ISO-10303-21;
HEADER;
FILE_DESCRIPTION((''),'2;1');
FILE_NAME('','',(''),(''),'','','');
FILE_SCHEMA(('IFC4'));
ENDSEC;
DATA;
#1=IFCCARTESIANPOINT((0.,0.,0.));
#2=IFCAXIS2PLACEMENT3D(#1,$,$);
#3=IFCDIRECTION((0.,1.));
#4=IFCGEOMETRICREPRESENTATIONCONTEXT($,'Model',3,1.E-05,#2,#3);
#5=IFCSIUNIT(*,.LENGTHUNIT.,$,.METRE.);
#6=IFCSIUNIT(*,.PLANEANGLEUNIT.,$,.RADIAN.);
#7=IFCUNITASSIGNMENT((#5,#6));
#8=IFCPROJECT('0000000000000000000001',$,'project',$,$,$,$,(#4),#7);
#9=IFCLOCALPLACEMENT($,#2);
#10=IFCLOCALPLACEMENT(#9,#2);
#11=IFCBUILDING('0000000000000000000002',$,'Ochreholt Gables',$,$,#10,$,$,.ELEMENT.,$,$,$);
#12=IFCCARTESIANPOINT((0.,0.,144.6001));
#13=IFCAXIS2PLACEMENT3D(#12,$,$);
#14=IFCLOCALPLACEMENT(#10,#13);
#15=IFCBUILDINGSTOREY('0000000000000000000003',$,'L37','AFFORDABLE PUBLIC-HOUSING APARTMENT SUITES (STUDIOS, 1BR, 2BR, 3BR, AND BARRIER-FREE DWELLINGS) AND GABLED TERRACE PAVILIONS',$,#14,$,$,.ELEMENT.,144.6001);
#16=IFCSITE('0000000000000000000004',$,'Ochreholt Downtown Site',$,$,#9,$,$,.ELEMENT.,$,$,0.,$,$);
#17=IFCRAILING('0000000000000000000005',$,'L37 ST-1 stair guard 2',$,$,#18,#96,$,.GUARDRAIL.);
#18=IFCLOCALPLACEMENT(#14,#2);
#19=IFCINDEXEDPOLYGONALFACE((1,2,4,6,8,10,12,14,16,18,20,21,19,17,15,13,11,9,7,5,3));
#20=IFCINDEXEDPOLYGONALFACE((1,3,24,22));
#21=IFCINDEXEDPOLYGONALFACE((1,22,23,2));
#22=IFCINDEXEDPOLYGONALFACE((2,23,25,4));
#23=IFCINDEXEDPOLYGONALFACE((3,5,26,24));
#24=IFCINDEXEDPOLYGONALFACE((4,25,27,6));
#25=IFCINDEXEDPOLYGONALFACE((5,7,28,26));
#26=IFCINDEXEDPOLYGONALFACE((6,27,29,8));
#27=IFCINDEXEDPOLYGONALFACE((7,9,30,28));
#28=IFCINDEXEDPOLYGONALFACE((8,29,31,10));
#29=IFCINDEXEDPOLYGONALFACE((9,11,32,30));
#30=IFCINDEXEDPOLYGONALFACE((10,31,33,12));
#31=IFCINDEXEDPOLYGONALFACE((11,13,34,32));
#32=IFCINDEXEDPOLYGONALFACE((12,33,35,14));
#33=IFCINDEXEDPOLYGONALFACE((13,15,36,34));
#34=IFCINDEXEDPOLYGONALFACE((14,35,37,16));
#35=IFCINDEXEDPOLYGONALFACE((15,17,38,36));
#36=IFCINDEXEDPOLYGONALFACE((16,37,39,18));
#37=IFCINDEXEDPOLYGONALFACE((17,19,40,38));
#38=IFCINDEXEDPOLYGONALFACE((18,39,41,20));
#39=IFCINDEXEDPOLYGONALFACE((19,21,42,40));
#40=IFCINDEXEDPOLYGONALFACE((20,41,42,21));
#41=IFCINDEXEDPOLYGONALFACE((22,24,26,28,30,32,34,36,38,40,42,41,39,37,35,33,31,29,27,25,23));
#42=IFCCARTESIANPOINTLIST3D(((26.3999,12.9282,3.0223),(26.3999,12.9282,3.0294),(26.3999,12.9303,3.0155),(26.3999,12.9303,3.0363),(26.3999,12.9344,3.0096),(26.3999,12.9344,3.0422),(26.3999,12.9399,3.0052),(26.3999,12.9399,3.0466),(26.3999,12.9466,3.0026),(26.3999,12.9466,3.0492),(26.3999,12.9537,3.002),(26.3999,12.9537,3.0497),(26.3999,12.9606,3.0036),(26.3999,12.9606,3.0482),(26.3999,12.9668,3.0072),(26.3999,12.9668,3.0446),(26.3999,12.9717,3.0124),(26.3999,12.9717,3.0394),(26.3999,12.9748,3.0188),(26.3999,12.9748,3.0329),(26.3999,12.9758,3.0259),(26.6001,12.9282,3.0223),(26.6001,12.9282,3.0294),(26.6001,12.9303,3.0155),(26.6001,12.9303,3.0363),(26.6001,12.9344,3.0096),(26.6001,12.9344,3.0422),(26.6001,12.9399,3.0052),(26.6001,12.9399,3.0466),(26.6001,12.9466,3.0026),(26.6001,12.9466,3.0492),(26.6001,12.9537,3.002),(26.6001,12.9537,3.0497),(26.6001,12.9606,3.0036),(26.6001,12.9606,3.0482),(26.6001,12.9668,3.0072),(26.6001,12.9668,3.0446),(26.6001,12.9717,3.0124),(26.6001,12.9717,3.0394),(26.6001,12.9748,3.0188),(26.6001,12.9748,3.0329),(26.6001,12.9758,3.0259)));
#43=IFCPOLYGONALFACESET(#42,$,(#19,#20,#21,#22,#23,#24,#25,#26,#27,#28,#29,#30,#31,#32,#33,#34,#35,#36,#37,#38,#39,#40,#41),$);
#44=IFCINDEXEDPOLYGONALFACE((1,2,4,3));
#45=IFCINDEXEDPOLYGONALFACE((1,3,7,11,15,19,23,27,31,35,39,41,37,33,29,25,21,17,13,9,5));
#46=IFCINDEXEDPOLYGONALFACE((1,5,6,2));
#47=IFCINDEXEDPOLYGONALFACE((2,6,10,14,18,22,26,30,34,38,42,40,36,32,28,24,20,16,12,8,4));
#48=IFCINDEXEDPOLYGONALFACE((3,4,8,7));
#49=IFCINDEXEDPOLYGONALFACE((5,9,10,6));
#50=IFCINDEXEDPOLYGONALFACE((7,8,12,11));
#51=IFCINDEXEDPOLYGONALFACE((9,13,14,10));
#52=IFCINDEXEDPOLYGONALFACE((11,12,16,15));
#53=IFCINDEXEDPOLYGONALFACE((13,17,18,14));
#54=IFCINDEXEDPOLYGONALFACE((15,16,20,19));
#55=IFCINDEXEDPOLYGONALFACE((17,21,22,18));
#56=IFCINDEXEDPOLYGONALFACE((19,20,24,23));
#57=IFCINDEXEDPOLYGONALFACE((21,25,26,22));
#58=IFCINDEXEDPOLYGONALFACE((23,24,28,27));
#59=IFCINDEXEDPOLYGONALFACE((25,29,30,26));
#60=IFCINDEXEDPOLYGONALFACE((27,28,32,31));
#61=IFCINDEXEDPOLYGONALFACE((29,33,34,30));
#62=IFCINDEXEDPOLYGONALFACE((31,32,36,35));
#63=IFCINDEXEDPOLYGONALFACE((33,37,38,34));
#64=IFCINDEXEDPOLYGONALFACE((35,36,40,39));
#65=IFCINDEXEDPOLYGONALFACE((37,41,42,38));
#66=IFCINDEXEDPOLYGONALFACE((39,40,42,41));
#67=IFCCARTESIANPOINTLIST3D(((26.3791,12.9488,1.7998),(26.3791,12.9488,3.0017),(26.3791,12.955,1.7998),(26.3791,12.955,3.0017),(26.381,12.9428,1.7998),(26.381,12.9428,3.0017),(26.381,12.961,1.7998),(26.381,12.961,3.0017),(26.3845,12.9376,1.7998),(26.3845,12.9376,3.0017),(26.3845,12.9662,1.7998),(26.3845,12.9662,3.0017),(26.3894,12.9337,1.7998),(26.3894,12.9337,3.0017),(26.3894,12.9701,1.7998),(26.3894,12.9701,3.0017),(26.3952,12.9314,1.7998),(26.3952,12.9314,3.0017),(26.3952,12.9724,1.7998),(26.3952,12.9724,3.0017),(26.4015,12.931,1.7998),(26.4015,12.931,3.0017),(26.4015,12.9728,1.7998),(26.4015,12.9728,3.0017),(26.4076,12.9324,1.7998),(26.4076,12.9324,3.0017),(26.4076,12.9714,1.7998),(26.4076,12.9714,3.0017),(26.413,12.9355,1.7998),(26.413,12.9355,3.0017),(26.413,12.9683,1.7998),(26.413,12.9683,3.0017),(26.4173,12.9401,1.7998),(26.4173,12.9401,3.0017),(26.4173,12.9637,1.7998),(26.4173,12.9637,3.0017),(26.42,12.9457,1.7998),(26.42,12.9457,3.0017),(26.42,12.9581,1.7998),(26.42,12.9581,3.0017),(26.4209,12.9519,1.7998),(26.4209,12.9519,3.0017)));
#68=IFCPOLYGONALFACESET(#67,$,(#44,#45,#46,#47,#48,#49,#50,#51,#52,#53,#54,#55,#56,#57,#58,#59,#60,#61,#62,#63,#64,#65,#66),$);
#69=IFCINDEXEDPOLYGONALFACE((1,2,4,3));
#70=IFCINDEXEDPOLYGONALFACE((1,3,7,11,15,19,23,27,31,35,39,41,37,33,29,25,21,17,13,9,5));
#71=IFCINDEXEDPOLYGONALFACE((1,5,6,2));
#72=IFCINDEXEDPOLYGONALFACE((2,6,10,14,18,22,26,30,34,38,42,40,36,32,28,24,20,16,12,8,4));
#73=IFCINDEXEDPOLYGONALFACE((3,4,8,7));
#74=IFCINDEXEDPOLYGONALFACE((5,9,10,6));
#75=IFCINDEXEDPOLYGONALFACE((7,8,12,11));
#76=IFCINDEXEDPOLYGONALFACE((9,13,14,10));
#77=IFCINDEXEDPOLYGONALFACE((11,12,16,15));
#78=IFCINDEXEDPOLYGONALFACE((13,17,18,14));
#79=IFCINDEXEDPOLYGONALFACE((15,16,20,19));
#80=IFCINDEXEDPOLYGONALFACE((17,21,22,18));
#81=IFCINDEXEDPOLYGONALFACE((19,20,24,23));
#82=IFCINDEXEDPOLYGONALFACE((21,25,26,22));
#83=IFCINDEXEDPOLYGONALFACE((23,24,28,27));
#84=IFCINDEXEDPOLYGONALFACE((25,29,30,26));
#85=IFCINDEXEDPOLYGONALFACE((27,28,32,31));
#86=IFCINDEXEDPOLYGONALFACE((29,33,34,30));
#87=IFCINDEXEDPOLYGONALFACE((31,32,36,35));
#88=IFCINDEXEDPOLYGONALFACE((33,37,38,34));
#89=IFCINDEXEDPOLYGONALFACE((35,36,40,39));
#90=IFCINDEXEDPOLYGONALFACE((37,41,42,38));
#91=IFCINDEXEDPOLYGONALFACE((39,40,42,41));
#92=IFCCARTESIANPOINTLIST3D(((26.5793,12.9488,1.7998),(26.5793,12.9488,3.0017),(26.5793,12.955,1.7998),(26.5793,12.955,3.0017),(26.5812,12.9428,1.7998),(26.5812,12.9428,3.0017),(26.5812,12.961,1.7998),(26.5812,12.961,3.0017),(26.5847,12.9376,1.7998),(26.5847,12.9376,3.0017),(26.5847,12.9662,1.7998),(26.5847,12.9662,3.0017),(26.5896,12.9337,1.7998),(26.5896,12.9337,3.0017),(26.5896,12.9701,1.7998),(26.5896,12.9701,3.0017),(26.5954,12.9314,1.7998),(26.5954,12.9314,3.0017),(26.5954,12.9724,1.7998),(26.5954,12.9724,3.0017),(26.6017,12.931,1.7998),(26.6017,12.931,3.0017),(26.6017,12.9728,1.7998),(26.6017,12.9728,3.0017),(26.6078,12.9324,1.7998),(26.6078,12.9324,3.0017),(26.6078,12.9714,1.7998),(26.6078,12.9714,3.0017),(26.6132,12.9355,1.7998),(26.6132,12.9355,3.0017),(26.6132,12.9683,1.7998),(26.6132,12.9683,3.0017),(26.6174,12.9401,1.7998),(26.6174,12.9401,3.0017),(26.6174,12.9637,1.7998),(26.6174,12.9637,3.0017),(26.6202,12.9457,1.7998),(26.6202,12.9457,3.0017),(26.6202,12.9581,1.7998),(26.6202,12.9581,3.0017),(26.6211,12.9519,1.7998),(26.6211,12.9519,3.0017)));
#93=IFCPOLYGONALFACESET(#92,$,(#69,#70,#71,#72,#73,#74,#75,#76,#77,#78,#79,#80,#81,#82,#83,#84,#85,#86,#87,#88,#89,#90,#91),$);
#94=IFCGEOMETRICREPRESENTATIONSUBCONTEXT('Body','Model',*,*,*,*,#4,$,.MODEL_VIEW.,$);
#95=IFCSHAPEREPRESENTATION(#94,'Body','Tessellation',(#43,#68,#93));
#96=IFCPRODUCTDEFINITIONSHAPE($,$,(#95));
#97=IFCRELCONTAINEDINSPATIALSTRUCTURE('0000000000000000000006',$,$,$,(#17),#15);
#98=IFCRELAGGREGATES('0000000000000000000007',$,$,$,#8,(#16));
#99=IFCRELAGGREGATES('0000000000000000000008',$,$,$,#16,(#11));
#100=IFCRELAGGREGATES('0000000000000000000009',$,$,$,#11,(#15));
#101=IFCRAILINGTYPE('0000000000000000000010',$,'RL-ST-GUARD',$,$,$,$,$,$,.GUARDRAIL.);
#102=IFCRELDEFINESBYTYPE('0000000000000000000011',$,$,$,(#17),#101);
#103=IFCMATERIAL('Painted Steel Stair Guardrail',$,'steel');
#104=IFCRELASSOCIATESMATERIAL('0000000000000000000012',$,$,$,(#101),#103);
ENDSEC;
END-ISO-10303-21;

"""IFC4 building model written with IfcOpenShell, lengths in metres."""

from ifc_helpers import new_model, si_unit, direction, frame, origin, origin_2d, place, context, subcontext, project, spatial, circle, extrude, material, type_object, element, save


model = new_model("IFC4")

# Units and contexts
model_context = context("Model", 3, precision=1e-05, world=origin(), true_north=direction((0.0, 1.0)))
body_context = subcontext(model_context, "Body", "Model", "MODEL_VIEW")
ifc_project = project(units=[si_unit("LENGTHUNIT", "METRE"), si_unit("PLANEANGLEUNIT", "RADIAN")], contexts=[model_context])

# Site, building, storey
site_placement = place(None, origin())
site = spatial("IfcSite", under=ifc_project, at=site_placement, Name="Ochreholt Downtown Site", CompositionType="ELEMENT", RefElevation=0.0)
building_placement = place(site_placement, origin())
building = spatial("IfcBuilding", under=site, at=building_placement, Name="Ochreholt Gables", CompositionType="ELEMENT")
storey_placement = place(building_placement, frame((0.0, 0.0, 144.6001)))
storey = spatial("IfcBuildingStorey", under=building, at=storey_placement, Name="L37", Description="AFFORDABLE PUBLIC-HOUSING APARTMENT SUITES (STUDIOS, 1BR, 2BR, 3BR, AND BARRIER-FREE DWELLINGS) AND GABLED TERRACE PAVILIONS", CompositionType="ELEMENT", Elevation=144.6001)

# Railing
ifc_material_1 = material(Name="Painted Steel Stair Guardrail", Category="steel")
railing_type_1 = type_object("IfcRailingType", Name="RL-ST-GUARD", PredefinedType="GUARDRAIL", material=ifc_material_1)
railing_1_placement = place(storey_placement, frame((26.3999, 12.9519, 1.7998)))
element("IfcRailing", 1, at=railing_1_placement, inside=storey, type_object=railing_type_1, Name="L37 ST-1 stair guard 2", PredefinedType="GUARDRAIL", context=body_context, shape_type="SweptSolid", body=[
    extrude(circle(Radius=0.0239, at=origin_2d()), frame((0.0, 0.0, 1.2261), z_axis=(1.0, 0.0, 0.0), x_axis=(0.0, 1.0, 0.0)), (0.0, 0.0, 1.0), 0.2002),
    extrude(circle(Radius=0.021, at=origin_2d()), origin(), (0.0, 0.0, 1.0), 1.2019),
    extrude(circle(Radius=0.021, at=origin_2d()), frame((0.2002, 0.0, 0.0)), (0.0, 0.0, 1.0), 1.2019),
])

save(model, "model.ifc")
